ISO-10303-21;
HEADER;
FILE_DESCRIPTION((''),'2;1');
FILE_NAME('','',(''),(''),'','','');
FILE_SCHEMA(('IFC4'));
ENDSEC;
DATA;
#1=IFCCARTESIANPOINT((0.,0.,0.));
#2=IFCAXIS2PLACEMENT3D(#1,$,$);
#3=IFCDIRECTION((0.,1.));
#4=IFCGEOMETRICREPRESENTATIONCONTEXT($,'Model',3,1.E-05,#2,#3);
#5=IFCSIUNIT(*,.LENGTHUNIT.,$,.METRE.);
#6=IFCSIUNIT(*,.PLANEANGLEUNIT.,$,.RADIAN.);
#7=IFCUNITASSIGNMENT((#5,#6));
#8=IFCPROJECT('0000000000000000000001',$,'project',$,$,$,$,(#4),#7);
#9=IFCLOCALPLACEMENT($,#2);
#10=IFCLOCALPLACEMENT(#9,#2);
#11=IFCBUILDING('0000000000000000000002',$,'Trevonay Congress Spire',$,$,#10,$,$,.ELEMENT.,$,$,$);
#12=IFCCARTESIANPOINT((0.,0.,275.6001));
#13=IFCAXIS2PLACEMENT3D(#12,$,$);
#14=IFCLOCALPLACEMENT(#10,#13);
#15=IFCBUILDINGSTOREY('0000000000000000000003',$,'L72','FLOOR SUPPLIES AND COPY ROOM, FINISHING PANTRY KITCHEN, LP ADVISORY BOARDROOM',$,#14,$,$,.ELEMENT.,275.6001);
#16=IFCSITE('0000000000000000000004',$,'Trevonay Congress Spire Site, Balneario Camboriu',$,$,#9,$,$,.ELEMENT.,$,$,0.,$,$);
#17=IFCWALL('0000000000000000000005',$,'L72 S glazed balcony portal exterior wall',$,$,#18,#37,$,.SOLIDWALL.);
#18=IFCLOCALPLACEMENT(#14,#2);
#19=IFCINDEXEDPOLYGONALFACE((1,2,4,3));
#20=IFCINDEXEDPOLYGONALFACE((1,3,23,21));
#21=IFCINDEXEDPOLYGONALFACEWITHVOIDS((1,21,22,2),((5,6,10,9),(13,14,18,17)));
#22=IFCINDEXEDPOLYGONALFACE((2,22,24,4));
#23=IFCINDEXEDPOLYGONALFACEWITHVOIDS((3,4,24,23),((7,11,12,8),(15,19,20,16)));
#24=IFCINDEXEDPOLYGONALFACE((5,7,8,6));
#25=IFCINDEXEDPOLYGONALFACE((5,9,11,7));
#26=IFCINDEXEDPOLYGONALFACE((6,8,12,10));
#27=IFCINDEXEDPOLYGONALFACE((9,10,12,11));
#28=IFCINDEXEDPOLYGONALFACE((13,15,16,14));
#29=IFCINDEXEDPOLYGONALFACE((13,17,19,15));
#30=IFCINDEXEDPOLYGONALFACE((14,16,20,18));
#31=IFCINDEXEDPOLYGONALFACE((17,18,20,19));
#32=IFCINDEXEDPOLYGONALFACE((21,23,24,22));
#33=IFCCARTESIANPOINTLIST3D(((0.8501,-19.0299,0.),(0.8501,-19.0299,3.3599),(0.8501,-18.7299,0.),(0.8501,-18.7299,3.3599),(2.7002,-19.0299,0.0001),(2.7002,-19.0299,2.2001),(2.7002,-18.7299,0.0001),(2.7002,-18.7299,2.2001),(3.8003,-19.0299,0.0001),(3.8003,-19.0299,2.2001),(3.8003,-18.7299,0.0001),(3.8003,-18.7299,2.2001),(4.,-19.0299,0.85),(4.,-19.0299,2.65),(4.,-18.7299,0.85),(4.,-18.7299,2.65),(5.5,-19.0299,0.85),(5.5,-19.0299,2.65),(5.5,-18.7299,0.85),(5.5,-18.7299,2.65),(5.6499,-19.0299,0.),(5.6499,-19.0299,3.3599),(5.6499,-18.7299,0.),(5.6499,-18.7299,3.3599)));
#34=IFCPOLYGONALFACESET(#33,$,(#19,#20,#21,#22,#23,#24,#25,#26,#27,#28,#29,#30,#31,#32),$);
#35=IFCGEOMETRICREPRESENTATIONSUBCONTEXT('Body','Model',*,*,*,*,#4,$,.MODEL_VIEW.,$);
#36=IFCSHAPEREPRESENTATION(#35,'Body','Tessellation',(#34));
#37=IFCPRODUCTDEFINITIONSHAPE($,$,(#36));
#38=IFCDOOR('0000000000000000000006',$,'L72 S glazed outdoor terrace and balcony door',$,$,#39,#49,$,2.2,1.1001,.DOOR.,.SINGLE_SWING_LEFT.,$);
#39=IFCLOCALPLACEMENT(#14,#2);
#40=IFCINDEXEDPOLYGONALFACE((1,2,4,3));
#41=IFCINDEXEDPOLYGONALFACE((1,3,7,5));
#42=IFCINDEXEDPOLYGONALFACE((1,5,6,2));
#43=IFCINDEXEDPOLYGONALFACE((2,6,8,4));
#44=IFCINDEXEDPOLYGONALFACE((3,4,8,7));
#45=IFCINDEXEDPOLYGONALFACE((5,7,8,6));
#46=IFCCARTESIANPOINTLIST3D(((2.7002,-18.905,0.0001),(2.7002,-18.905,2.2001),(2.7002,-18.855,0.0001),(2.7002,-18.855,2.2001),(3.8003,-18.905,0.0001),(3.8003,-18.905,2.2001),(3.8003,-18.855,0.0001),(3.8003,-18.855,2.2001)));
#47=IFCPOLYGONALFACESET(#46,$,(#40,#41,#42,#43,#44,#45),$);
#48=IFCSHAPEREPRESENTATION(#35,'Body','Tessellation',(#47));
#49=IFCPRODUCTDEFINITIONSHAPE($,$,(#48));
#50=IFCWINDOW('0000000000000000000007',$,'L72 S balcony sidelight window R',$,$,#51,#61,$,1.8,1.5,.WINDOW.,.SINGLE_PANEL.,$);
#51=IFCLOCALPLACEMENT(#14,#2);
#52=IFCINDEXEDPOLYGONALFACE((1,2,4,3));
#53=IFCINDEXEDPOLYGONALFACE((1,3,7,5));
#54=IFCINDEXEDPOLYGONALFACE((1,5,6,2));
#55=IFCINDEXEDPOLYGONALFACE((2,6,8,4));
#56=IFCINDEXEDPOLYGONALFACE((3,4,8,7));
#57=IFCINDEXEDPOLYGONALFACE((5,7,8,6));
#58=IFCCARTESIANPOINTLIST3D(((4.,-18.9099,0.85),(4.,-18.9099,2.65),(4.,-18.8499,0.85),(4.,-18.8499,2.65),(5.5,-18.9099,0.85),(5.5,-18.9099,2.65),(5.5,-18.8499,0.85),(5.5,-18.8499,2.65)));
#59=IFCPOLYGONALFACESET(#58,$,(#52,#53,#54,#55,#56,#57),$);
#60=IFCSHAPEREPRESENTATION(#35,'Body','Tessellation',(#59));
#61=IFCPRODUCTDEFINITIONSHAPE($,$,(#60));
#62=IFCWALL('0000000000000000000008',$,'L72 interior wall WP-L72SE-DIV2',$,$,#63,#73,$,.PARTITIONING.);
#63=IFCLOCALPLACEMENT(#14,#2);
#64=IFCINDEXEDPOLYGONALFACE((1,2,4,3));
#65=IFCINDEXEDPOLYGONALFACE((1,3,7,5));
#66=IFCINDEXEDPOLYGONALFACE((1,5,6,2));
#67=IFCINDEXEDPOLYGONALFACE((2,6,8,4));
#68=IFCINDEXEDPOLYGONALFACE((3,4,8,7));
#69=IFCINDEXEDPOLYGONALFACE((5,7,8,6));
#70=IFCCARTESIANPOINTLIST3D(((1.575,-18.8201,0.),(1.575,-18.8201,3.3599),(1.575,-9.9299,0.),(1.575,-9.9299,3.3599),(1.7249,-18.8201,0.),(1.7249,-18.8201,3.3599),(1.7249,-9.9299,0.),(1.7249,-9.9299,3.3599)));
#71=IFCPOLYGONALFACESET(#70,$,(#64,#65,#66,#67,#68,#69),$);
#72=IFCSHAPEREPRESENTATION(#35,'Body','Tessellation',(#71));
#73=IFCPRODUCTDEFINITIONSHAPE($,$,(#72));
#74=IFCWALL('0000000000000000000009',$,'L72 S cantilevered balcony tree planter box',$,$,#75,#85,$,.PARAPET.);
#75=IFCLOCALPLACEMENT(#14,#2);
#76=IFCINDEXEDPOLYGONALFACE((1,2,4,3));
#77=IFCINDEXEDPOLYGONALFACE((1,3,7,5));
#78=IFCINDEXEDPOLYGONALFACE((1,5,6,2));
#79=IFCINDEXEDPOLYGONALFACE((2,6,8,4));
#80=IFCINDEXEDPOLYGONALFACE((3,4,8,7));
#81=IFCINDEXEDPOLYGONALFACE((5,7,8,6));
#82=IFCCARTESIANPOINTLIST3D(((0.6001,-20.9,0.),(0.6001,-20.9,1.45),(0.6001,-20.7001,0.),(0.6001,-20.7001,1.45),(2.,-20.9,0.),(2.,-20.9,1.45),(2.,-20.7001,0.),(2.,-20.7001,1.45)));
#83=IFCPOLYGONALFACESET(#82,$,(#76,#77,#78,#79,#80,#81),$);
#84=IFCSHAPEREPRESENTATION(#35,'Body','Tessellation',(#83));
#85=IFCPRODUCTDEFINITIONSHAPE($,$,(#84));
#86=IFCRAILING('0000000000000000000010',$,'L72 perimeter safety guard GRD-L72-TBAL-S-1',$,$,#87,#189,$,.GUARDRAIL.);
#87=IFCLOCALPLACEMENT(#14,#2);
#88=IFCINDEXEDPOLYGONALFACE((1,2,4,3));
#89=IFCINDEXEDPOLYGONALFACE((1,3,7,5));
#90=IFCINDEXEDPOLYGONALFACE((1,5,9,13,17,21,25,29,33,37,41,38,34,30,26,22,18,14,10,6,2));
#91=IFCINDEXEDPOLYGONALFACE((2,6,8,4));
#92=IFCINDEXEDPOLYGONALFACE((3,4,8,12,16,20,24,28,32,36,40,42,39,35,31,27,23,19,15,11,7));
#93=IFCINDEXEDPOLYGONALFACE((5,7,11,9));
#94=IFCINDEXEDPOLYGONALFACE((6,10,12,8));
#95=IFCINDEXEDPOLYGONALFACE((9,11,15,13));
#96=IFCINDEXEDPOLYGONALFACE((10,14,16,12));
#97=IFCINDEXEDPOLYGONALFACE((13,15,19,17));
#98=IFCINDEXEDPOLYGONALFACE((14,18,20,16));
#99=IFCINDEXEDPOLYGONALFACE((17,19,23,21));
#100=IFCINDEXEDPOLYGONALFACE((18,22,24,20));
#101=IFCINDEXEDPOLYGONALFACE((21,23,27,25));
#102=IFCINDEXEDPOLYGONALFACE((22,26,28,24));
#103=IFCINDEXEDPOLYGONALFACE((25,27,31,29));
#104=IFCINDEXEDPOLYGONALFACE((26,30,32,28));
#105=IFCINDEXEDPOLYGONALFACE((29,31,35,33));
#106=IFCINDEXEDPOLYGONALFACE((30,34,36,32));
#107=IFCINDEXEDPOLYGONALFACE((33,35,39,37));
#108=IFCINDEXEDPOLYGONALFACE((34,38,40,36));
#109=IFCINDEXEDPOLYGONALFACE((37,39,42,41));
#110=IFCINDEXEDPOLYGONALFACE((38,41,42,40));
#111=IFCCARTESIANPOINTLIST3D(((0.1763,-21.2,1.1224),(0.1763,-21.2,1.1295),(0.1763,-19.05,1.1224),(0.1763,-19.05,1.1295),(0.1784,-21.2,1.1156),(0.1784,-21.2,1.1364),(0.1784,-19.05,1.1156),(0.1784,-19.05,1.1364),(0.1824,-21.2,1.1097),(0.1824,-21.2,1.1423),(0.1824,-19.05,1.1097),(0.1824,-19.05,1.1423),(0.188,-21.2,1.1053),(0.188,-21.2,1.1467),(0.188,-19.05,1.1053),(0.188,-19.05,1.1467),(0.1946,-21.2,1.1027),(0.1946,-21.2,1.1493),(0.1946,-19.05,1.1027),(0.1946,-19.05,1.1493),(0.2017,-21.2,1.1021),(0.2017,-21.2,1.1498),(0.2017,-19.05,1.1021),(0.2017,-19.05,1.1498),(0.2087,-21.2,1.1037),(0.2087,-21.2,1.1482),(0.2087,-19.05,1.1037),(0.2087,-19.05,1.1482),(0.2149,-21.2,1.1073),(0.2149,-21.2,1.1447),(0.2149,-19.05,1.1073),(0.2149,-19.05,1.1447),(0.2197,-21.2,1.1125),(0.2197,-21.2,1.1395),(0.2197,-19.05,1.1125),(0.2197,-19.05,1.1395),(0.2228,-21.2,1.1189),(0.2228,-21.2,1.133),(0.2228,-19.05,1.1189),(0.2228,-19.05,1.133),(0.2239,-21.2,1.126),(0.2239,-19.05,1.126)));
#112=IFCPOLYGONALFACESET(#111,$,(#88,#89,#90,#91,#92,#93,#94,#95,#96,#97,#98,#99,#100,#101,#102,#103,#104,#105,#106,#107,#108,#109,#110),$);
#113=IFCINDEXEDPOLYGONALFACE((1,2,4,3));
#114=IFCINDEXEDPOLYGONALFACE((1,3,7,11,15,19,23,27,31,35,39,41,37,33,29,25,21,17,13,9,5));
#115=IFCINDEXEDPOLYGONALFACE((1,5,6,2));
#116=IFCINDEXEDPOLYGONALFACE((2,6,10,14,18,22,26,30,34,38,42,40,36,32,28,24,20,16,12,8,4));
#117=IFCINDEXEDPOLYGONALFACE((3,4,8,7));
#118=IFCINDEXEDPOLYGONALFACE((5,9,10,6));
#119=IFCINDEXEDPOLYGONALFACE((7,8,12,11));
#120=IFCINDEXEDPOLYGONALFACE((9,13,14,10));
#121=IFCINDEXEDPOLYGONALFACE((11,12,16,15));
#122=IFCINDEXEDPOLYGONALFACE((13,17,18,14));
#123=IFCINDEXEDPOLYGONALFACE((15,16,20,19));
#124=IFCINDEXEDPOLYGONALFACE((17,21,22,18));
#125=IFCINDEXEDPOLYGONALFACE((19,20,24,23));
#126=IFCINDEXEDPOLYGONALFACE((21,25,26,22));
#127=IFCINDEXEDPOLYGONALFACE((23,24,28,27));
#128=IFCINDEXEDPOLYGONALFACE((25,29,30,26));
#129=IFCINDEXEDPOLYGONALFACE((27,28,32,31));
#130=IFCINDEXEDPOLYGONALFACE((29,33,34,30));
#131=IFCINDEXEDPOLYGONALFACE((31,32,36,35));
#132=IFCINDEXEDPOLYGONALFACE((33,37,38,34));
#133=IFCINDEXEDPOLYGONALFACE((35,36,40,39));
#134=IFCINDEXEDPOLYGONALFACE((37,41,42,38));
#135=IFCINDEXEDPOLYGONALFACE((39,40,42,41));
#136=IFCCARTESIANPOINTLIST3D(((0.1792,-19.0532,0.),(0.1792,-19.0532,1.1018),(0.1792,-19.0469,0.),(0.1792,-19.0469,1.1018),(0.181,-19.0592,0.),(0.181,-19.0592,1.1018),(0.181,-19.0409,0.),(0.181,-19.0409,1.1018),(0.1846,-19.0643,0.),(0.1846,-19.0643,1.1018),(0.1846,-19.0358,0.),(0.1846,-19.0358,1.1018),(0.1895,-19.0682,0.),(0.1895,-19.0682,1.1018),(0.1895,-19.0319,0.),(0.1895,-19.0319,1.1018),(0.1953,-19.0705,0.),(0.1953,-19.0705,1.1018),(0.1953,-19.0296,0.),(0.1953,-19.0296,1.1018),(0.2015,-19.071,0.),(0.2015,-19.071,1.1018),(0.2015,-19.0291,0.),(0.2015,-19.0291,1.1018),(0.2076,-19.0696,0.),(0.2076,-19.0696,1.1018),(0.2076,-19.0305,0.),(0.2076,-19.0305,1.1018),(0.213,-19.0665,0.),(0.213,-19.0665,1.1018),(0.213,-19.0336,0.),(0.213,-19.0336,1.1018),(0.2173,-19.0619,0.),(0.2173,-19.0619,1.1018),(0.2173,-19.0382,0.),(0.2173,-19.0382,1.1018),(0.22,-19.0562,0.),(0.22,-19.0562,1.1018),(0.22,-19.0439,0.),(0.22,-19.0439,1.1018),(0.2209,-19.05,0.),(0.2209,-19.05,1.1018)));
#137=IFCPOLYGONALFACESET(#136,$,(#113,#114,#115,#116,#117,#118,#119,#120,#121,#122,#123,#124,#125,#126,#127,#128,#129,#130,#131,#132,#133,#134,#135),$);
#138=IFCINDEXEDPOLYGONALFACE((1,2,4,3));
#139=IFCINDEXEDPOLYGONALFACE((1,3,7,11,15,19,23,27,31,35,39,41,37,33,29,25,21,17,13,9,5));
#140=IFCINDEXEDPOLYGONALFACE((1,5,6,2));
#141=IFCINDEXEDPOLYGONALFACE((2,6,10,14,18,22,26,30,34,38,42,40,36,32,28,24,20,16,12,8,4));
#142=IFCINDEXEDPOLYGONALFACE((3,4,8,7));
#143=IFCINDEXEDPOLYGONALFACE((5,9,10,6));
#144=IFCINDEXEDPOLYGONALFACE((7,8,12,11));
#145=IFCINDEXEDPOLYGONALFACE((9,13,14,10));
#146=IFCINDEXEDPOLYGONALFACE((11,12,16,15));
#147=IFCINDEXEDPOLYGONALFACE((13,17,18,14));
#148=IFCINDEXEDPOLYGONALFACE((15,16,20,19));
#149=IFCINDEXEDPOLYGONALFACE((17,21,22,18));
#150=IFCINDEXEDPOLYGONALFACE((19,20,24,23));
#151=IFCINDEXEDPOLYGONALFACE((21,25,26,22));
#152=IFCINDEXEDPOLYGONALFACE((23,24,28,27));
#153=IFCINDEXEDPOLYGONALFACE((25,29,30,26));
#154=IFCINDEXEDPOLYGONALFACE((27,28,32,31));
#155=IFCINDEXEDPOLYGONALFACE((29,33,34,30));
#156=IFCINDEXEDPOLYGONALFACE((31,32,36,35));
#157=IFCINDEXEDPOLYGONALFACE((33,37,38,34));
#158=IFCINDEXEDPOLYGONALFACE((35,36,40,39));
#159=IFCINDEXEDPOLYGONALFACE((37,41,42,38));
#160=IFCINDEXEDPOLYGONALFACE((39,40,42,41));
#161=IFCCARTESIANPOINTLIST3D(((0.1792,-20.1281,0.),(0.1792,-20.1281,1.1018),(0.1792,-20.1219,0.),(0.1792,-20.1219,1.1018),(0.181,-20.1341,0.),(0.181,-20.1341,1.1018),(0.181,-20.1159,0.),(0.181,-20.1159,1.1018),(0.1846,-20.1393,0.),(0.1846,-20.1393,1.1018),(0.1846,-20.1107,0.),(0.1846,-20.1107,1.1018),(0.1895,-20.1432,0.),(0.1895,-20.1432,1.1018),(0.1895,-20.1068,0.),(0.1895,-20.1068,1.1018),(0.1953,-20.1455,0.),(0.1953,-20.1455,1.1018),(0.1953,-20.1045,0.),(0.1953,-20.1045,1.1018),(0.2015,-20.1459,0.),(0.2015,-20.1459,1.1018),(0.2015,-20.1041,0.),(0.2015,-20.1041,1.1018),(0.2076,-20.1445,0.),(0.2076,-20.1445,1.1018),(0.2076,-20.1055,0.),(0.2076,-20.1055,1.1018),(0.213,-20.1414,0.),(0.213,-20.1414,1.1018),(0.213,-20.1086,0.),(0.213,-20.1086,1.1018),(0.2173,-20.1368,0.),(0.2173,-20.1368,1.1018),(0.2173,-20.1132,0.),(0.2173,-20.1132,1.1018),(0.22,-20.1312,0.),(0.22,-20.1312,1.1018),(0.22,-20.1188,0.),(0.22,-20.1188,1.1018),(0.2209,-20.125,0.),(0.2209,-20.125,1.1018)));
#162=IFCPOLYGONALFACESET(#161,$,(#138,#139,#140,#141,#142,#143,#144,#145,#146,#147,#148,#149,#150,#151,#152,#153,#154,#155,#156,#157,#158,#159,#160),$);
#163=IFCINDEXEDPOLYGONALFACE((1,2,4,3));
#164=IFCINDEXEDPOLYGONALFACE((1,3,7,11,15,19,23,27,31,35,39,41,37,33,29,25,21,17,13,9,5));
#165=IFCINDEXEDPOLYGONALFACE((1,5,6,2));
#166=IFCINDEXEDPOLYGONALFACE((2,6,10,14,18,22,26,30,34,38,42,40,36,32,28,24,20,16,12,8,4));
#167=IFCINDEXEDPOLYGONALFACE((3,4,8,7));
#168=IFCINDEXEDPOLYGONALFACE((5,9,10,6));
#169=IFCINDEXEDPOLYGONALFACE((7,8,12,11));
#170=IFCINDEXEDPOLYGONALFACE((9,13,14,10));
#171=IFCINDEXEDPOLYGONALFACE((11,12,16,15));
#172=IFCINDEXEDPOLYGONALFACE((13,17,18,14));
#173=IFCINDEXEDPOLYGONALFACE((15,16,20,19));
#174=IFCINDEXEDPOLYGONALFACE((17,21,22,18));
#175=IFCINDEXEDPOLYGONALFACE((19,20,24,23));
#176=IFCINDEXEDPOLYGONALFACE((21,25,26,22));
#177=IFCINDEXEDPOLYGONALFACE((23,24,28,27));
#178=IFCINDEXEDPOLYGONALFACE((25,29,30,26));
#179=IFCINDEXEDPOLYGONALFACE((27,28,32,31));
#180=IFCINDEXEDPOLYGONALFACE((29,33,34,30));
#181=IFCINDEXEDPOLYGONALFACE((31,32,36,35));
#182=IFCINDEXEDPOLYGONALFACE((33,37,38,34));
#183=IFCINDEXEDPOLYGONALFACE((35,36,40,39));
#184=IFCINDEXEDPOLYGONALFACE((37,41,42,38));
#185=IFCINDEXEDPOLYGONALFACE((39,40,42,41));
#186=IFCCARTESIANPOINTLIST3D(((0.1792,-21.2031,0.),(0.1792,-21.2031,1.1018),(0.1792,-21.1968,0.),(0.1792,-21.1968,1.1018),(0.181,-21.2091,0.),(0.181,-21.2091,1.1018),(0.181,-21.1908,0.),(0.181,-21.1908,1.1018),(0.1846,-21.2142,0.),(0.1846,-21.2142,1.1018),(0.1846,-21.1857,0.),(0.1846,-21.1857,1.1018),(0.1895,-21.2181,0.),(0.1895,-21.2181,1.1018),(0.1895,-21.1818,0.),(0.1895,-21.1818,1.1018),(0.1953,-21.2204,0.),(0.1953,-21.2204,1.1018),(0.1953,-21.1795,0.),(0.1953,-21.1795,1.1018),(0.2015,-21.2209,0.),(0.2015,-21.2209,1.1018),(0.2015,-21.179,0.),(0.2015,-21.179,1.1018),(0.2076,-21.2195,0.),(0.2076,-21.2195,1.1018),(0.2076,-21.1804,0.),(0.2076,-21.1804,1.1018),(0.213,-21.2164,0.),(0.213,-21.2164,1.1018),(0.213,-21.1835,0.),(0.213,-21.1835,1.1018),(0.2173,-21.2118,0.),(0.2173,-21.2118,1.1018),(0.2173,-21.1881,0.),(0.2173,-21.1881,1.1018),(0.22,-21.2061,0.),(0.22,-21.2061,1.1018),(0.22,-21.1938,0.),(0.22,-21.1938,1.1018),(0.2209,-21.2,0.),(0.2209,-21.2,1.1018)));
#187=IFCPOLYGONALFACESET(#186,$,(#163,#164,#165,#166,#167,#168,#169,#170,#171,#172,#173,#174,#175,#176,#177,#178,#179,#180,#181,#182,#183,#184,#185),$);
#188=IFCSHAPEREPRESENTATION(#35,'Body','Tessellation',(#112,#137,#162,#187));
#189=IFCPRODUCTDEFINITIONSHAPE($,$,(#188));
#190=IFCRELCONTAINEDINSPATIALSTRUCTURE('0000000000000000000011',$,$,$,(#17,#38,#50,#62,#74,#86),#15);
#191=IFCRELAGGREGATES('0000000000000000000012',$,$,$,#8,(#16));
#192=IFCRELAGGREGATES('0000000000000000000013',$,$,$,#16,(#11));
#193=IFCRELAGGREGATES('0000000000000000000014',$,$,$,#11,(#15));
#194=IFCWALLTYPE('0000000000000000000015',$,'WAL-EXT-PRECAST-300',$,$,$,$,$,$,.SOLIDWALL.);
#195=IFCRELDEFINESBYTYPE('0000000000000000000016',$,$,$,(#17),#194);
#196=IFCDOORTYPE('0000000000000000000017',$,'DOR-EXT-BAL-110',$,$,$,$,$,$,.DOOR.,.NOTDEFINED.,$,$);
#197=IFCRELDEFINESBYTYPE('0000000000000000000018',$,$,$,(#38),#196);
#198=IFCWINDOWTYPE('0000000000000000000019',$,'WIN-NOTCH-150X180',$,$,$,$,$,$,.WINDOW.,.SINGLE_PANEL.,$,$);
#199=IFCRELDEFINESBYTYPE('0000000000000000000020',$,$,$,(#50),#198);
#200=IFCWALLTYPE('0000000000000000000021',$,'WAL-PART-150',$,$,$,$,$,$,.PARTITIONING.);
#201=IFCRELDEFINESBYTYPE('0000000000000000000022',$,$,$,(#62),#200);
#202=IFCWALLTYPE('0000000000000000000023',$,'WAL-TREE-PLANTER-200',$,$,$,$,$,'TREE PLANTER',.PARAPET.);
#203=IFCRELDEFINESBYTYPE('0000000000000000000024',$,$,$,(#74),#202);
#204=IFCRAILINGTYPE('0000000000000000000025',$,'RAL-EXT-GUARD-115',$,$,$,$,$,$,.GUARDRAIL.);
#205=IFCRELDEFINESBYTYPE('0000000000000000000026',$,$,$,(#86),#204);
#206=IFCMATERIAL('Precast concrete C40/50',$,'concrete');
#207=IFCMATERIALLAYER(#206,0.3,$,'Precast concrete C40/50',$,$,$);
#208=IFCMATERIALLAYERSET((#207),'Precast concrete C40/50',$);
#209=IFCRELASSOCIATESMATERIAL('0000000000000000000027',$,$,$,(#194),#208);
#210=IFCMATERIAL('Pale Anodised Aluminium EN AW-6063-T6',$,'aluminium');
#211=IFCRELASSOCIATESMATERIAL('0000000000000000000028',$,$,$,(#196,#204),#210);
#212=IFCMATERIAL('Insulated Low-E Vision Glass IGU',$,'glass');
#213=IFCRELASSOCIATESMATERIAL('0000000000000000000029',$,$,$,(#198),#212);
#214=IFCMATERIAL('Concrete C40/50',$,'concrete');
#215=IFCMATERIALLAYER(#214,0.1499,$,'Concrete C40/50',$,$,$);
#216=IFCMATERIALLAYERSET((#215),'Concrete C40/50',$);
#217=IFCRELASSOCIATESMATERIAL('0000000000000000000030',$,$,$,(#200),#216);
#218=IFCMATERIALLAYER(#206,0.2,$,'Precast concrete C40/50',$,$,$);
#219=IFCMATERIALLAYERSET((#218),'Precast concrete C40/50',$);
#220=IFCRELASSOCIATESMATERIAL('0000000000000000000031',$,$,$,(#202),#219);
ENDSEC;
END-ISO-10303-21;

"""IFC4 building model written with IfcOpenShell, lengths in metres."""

from ifc_helpers import new_model, si_unit, direction, frame, frame_2d, origin, origin_2d, place, context, subcontext, project, spatial, rectangle, circle, extrude, material, layer, layer_set, type_object, element, fill, save


model = new_model("IFC4")

# Units and contexts
model_context = context("Model", 3, precision=1e-05, world=origin(), true_north=direction((0.0, 1.0)))
body_context = subcontext(model_context, "Body", "Model", "MODEL_VIEW")
ifc_project = project(units=[si_unit("LENGTHUNIT", "METRE"), si_unit("PLANEANGLEUNIT", "RADIAN")], contexts=[model_context])

# Site, building, storey
site_placement = place(None, origin())
site = spatial("IfcSite", under=ifc_project, at=site_placement, Name="Trevonay Congress Spire Site, Balneario Camboriu", CompositionType="ELEMENT", RefElevation=0.0)
building_placement = place(site_placement, origin())
building = spatial("IfcBuilding", under=site, at=building_placement, Name="Trevonay Congress Spire", CompositionType="ELEMENT")
storey_placement = place(building_placement, frame((0.0, 0.0, 275.6001)))
storey = spatial("IfcBuildingStorey", under=building, at=storey_placement, Name="L72", Description="FLOOR SUPPLIES AND COPY ROOM, FINISHING PANTRY KITCHEN, LP ADVISORY BOARDROOM", CompositionType="ELEMENT", Elevation=275.6001)

# Shared definitions
ifc_material_1 = material(Name="Pale Anodised Aluminium EN AW-6063-T6", Category="aluminium")

# Wall, openings, door, window
ifc_material_2 = material(Name="Precast concrete C40/50", Category="concrete")
ifc_layer_1 = layer(ifc_material_2, 0.3, Name="Precast concrete C40/50")
ifc_layer_set_1 = layer_set([ifc_layer_1], Name="Precast concrete C40/50")
wall_type_1 = type_object("IfcWallType", Name="WAL-EXT-PRECAST-300", PredefinedType="SOLIDWALL", material=ifc_layer_set_1)
wall_1_placement = place(storey_placement, frame((0.8501, -18.8799, 0.0), z_axis=(0.0, 0.0, 1.0), x_axis=(1.0, 0.0, 0.0)))
wall_1 = element("IfcWall", 1, at=wall_1_placement, inside=storey, type_object=wall_type_1, Name="L72 S glazed balcony portal exterior wall", PredefinedType="SOLIDWALL", context=body_context, shape_type="SweptSolid", body=[
    extrude(rectangle(XDim=4.7998, YDim=0.3, at=frame_2d((2.3999, 0.0))), origin(), (0.0, 0.0, 1.0), 3.3599),
])
opening_1_placement = place(wall_1_placement, frame((1.8501, 0.0, 0.0)))
opening_1 = element("IfcOpeningElement", 2, at=opening_1_placement, cuts=wall_1, PredefinedType="OPENING", context=body_context, shape_type="SweptSolid", body=[
    extrude(rectangle(XDim=1.1001, YDim=2.2, at=frame_2d((0.55, 1.1001))), frame((0.0, 0.1602, 0.0), z_axis=(0.0, -1.0, 0.0), x_axis=(1.0, 0.0, 0.0)), (0.0, 0.0, 1.0), 0.3201),
])
opening_2_placement = place(wall_1_placement, frame((3.1499, 0.0, 0.8501)))
opening_2 = element("IfcOpeningElement", 3, at=opening_2_placement, cuts=wall_1, PredefinedType="OPENING", context=body_context, shape_type="SweptSolid", body=[
    extrude(rectangle(XDim=1.5, YDim=1.8, at=frame_2d((0.75, 0.8999))), frame((0.0, 0.1602, 0.0), z_axis=(0.0, -1.0, 0.0), x_axis=(1.0, 0.0, 0.0)), (0.0, 0.0, 1.0), 0.3201),
])
door_type = type_object("IfcDoorType", Name="DOR-EXT-BAL-110", OperationType="NOTDEFINED", PredefinedType="DOOR", material=ifc_material_1)
door_placement = place(opening_1_placement, origin())
door = element("IfcDoor", 4, at=door_placement, inside=storey, type_object=door_type, Name="L72 S glazed outdoor terrace and balcony door", OperationType="SINGLE_SWING_LEFT", OverallHeight=2.2, OverallWidth=1.1001, PredefinedType="DOOR", context=body_context, shape_type="SweptSolid", body=[
    extrude(rectangle(XDim=1.1001, YDim=2.2, at=frame_2d((0.55, 1.1001))), frame((0.0, 0.0249, 0.0), z_axis=(0.0, -1.0, 0.0), x_axis=(1.0, 0.0, 0.0)), (0.0, 0.0, 1.0), 0.05),
])
fill(opening_1, door)
ifc_material_3 = material(Name="Insulated Low-E Vision Glass IGU", Category="glass")
window_type = type_object("IfcWindowType", Name="WIN-NOTCH-150X180", PartitioningType="SINGLE_PANEL", PredefinedType="WINDOW", material=ifc_material_3)
window_placement = place(opening_2_placement, origin())
window = element("IfcWindow", 5, at=window_placement, inside=storey, type_object=window_type, Name="L72 S balcony sidelight window R", OverallHeight=1.8, OverallWidth=1.5, PartitioningType="SINGLE_PANEL", PredefinedType="WINDOW", context=body_context, shape_type="SweptSolid", body=[
    extrude(rectangle(XDim=1.5, YDim=1.8, at=frame_2d((0.75, 0.8999))), frame((0.0, 0.03, 0.0), z_axis=(0.0, -1.0, 0.0), x_axis=(1.0, 0.0, 0.0)), (0.0, 0.0, 1.0), 0.0601),
])
fill(opening_2, window)

# Walls
ifc_material_4 = material(Name="Concrete C40/50", Category="concrete")
ifc_layer_2 = layer(ifc_material_4, 0.1499, Name="Concrete C40/50")
ifc_layer_set_2 = layer_set([ifc_layer_2], Name="Concrete C40/50")
wall_type_2 = type_object("IfcWallType", Name="WAL-PART-150", PredefinedType="PARTITIONING", material=ifc_layer_set_2)
wall_2_placement = place(storey_placement, frame((1.6499, -18.8201, 0.0), z_axis=(0.0, 0.0, 1.0), x_axis=(0.0, 1.0, 0.0)))
element("IfcWall", 6, at=wall_2_placement, inside=storey, type_object=wall_type_2, Name="L72 interior wall WP-L72SE-DIV2", PredefinedType="PARTITIONING", context=body_context, shape_type="SweptSolid", body=[
    extrude(rectangle(XDim=8.8901, YDim=0.1499, at=frame_2d((4.4451, 0.0))), origin(), (0.0, 0.0, 1.0), 3.3599),
])
ifc_layer_3 = layer(ifc_material_2, 0.2, Name="Precast concrete C40/50")
ifc_layer_set_3 = layer_set([ifc_layer_3], Name="Precast concrete C40/50")
wall_type_3 = type_object("IfcWallType", Name="WAL-TREE-PLANTER-200", ElementType="TREE PLANTER", PredefinedType="PARAPET", material=ifc_layer_set_3)
wall_3_placement = place(storey_placement, frame((0.6001, -20.8, 0.0), z_axis=(0.0, 0.0, 1.0), x_axis=(1.0, 0.0, 0.0)))
element("IfcWall", 7, at=wall_3_placement, inside=storey, type_object=wall_type_3, Name="L72 S cantilevered balcony tree planter box", PredefinedType="PARAPET", context=body_context, shape_type="SweptSolid", body=[
    extrude(rectangle(XDim=1.3999, YDim=0.2, at=frame_2d((0.7, 0.0))), origin(), (0.0, 0.0, 1.0), 1.45),
])

# Railing
railing_type = type_object("IfcRailingType", Name="RAL-EXT-GUARD-115", PredefinedType="GUARDRAIL", material=ifc_material_1)
railing_1_placement = place(storey_placement, frame((0.2, -19.05, 0.0)))
element("IfcRailing", 8, at=railing_1_placement, inside=storey, type_object=railing_type, Name="L72 perimeter safety guard GRD-L72-TBAL-S-1", PredefinedType="GUARDRAIL", context=body_context, shape_type="SweptSolid", body=[
    extrude(circle(Radius=0.0239, at=origin_2d()), frame((0.0, 0.0, 1.126), z_axis=(0.0, -1.0, 0.0), x_axis=(1.0, 0.0, 0.0)), (0.0, 0.0, 1.0), 2.1499),
    extrude(circle(Radius=0.021, at=origin_2d()), origin(), (0.0, 0.0, 1.0), 1.1018),
    extrude(circle(Radius=0.021, at=origin_2d()), frame((0.0, -1.075, 0.0)), (0.0, 0.0, 1.0), 1.1018),
    extrude(circle(Radius=0.021, at=origin_2d()), frame((0.0, -2.1499, 0.0)), (0.0, 0.0, 1.0), 1.1018),
])

save(model, "model.ifc")
